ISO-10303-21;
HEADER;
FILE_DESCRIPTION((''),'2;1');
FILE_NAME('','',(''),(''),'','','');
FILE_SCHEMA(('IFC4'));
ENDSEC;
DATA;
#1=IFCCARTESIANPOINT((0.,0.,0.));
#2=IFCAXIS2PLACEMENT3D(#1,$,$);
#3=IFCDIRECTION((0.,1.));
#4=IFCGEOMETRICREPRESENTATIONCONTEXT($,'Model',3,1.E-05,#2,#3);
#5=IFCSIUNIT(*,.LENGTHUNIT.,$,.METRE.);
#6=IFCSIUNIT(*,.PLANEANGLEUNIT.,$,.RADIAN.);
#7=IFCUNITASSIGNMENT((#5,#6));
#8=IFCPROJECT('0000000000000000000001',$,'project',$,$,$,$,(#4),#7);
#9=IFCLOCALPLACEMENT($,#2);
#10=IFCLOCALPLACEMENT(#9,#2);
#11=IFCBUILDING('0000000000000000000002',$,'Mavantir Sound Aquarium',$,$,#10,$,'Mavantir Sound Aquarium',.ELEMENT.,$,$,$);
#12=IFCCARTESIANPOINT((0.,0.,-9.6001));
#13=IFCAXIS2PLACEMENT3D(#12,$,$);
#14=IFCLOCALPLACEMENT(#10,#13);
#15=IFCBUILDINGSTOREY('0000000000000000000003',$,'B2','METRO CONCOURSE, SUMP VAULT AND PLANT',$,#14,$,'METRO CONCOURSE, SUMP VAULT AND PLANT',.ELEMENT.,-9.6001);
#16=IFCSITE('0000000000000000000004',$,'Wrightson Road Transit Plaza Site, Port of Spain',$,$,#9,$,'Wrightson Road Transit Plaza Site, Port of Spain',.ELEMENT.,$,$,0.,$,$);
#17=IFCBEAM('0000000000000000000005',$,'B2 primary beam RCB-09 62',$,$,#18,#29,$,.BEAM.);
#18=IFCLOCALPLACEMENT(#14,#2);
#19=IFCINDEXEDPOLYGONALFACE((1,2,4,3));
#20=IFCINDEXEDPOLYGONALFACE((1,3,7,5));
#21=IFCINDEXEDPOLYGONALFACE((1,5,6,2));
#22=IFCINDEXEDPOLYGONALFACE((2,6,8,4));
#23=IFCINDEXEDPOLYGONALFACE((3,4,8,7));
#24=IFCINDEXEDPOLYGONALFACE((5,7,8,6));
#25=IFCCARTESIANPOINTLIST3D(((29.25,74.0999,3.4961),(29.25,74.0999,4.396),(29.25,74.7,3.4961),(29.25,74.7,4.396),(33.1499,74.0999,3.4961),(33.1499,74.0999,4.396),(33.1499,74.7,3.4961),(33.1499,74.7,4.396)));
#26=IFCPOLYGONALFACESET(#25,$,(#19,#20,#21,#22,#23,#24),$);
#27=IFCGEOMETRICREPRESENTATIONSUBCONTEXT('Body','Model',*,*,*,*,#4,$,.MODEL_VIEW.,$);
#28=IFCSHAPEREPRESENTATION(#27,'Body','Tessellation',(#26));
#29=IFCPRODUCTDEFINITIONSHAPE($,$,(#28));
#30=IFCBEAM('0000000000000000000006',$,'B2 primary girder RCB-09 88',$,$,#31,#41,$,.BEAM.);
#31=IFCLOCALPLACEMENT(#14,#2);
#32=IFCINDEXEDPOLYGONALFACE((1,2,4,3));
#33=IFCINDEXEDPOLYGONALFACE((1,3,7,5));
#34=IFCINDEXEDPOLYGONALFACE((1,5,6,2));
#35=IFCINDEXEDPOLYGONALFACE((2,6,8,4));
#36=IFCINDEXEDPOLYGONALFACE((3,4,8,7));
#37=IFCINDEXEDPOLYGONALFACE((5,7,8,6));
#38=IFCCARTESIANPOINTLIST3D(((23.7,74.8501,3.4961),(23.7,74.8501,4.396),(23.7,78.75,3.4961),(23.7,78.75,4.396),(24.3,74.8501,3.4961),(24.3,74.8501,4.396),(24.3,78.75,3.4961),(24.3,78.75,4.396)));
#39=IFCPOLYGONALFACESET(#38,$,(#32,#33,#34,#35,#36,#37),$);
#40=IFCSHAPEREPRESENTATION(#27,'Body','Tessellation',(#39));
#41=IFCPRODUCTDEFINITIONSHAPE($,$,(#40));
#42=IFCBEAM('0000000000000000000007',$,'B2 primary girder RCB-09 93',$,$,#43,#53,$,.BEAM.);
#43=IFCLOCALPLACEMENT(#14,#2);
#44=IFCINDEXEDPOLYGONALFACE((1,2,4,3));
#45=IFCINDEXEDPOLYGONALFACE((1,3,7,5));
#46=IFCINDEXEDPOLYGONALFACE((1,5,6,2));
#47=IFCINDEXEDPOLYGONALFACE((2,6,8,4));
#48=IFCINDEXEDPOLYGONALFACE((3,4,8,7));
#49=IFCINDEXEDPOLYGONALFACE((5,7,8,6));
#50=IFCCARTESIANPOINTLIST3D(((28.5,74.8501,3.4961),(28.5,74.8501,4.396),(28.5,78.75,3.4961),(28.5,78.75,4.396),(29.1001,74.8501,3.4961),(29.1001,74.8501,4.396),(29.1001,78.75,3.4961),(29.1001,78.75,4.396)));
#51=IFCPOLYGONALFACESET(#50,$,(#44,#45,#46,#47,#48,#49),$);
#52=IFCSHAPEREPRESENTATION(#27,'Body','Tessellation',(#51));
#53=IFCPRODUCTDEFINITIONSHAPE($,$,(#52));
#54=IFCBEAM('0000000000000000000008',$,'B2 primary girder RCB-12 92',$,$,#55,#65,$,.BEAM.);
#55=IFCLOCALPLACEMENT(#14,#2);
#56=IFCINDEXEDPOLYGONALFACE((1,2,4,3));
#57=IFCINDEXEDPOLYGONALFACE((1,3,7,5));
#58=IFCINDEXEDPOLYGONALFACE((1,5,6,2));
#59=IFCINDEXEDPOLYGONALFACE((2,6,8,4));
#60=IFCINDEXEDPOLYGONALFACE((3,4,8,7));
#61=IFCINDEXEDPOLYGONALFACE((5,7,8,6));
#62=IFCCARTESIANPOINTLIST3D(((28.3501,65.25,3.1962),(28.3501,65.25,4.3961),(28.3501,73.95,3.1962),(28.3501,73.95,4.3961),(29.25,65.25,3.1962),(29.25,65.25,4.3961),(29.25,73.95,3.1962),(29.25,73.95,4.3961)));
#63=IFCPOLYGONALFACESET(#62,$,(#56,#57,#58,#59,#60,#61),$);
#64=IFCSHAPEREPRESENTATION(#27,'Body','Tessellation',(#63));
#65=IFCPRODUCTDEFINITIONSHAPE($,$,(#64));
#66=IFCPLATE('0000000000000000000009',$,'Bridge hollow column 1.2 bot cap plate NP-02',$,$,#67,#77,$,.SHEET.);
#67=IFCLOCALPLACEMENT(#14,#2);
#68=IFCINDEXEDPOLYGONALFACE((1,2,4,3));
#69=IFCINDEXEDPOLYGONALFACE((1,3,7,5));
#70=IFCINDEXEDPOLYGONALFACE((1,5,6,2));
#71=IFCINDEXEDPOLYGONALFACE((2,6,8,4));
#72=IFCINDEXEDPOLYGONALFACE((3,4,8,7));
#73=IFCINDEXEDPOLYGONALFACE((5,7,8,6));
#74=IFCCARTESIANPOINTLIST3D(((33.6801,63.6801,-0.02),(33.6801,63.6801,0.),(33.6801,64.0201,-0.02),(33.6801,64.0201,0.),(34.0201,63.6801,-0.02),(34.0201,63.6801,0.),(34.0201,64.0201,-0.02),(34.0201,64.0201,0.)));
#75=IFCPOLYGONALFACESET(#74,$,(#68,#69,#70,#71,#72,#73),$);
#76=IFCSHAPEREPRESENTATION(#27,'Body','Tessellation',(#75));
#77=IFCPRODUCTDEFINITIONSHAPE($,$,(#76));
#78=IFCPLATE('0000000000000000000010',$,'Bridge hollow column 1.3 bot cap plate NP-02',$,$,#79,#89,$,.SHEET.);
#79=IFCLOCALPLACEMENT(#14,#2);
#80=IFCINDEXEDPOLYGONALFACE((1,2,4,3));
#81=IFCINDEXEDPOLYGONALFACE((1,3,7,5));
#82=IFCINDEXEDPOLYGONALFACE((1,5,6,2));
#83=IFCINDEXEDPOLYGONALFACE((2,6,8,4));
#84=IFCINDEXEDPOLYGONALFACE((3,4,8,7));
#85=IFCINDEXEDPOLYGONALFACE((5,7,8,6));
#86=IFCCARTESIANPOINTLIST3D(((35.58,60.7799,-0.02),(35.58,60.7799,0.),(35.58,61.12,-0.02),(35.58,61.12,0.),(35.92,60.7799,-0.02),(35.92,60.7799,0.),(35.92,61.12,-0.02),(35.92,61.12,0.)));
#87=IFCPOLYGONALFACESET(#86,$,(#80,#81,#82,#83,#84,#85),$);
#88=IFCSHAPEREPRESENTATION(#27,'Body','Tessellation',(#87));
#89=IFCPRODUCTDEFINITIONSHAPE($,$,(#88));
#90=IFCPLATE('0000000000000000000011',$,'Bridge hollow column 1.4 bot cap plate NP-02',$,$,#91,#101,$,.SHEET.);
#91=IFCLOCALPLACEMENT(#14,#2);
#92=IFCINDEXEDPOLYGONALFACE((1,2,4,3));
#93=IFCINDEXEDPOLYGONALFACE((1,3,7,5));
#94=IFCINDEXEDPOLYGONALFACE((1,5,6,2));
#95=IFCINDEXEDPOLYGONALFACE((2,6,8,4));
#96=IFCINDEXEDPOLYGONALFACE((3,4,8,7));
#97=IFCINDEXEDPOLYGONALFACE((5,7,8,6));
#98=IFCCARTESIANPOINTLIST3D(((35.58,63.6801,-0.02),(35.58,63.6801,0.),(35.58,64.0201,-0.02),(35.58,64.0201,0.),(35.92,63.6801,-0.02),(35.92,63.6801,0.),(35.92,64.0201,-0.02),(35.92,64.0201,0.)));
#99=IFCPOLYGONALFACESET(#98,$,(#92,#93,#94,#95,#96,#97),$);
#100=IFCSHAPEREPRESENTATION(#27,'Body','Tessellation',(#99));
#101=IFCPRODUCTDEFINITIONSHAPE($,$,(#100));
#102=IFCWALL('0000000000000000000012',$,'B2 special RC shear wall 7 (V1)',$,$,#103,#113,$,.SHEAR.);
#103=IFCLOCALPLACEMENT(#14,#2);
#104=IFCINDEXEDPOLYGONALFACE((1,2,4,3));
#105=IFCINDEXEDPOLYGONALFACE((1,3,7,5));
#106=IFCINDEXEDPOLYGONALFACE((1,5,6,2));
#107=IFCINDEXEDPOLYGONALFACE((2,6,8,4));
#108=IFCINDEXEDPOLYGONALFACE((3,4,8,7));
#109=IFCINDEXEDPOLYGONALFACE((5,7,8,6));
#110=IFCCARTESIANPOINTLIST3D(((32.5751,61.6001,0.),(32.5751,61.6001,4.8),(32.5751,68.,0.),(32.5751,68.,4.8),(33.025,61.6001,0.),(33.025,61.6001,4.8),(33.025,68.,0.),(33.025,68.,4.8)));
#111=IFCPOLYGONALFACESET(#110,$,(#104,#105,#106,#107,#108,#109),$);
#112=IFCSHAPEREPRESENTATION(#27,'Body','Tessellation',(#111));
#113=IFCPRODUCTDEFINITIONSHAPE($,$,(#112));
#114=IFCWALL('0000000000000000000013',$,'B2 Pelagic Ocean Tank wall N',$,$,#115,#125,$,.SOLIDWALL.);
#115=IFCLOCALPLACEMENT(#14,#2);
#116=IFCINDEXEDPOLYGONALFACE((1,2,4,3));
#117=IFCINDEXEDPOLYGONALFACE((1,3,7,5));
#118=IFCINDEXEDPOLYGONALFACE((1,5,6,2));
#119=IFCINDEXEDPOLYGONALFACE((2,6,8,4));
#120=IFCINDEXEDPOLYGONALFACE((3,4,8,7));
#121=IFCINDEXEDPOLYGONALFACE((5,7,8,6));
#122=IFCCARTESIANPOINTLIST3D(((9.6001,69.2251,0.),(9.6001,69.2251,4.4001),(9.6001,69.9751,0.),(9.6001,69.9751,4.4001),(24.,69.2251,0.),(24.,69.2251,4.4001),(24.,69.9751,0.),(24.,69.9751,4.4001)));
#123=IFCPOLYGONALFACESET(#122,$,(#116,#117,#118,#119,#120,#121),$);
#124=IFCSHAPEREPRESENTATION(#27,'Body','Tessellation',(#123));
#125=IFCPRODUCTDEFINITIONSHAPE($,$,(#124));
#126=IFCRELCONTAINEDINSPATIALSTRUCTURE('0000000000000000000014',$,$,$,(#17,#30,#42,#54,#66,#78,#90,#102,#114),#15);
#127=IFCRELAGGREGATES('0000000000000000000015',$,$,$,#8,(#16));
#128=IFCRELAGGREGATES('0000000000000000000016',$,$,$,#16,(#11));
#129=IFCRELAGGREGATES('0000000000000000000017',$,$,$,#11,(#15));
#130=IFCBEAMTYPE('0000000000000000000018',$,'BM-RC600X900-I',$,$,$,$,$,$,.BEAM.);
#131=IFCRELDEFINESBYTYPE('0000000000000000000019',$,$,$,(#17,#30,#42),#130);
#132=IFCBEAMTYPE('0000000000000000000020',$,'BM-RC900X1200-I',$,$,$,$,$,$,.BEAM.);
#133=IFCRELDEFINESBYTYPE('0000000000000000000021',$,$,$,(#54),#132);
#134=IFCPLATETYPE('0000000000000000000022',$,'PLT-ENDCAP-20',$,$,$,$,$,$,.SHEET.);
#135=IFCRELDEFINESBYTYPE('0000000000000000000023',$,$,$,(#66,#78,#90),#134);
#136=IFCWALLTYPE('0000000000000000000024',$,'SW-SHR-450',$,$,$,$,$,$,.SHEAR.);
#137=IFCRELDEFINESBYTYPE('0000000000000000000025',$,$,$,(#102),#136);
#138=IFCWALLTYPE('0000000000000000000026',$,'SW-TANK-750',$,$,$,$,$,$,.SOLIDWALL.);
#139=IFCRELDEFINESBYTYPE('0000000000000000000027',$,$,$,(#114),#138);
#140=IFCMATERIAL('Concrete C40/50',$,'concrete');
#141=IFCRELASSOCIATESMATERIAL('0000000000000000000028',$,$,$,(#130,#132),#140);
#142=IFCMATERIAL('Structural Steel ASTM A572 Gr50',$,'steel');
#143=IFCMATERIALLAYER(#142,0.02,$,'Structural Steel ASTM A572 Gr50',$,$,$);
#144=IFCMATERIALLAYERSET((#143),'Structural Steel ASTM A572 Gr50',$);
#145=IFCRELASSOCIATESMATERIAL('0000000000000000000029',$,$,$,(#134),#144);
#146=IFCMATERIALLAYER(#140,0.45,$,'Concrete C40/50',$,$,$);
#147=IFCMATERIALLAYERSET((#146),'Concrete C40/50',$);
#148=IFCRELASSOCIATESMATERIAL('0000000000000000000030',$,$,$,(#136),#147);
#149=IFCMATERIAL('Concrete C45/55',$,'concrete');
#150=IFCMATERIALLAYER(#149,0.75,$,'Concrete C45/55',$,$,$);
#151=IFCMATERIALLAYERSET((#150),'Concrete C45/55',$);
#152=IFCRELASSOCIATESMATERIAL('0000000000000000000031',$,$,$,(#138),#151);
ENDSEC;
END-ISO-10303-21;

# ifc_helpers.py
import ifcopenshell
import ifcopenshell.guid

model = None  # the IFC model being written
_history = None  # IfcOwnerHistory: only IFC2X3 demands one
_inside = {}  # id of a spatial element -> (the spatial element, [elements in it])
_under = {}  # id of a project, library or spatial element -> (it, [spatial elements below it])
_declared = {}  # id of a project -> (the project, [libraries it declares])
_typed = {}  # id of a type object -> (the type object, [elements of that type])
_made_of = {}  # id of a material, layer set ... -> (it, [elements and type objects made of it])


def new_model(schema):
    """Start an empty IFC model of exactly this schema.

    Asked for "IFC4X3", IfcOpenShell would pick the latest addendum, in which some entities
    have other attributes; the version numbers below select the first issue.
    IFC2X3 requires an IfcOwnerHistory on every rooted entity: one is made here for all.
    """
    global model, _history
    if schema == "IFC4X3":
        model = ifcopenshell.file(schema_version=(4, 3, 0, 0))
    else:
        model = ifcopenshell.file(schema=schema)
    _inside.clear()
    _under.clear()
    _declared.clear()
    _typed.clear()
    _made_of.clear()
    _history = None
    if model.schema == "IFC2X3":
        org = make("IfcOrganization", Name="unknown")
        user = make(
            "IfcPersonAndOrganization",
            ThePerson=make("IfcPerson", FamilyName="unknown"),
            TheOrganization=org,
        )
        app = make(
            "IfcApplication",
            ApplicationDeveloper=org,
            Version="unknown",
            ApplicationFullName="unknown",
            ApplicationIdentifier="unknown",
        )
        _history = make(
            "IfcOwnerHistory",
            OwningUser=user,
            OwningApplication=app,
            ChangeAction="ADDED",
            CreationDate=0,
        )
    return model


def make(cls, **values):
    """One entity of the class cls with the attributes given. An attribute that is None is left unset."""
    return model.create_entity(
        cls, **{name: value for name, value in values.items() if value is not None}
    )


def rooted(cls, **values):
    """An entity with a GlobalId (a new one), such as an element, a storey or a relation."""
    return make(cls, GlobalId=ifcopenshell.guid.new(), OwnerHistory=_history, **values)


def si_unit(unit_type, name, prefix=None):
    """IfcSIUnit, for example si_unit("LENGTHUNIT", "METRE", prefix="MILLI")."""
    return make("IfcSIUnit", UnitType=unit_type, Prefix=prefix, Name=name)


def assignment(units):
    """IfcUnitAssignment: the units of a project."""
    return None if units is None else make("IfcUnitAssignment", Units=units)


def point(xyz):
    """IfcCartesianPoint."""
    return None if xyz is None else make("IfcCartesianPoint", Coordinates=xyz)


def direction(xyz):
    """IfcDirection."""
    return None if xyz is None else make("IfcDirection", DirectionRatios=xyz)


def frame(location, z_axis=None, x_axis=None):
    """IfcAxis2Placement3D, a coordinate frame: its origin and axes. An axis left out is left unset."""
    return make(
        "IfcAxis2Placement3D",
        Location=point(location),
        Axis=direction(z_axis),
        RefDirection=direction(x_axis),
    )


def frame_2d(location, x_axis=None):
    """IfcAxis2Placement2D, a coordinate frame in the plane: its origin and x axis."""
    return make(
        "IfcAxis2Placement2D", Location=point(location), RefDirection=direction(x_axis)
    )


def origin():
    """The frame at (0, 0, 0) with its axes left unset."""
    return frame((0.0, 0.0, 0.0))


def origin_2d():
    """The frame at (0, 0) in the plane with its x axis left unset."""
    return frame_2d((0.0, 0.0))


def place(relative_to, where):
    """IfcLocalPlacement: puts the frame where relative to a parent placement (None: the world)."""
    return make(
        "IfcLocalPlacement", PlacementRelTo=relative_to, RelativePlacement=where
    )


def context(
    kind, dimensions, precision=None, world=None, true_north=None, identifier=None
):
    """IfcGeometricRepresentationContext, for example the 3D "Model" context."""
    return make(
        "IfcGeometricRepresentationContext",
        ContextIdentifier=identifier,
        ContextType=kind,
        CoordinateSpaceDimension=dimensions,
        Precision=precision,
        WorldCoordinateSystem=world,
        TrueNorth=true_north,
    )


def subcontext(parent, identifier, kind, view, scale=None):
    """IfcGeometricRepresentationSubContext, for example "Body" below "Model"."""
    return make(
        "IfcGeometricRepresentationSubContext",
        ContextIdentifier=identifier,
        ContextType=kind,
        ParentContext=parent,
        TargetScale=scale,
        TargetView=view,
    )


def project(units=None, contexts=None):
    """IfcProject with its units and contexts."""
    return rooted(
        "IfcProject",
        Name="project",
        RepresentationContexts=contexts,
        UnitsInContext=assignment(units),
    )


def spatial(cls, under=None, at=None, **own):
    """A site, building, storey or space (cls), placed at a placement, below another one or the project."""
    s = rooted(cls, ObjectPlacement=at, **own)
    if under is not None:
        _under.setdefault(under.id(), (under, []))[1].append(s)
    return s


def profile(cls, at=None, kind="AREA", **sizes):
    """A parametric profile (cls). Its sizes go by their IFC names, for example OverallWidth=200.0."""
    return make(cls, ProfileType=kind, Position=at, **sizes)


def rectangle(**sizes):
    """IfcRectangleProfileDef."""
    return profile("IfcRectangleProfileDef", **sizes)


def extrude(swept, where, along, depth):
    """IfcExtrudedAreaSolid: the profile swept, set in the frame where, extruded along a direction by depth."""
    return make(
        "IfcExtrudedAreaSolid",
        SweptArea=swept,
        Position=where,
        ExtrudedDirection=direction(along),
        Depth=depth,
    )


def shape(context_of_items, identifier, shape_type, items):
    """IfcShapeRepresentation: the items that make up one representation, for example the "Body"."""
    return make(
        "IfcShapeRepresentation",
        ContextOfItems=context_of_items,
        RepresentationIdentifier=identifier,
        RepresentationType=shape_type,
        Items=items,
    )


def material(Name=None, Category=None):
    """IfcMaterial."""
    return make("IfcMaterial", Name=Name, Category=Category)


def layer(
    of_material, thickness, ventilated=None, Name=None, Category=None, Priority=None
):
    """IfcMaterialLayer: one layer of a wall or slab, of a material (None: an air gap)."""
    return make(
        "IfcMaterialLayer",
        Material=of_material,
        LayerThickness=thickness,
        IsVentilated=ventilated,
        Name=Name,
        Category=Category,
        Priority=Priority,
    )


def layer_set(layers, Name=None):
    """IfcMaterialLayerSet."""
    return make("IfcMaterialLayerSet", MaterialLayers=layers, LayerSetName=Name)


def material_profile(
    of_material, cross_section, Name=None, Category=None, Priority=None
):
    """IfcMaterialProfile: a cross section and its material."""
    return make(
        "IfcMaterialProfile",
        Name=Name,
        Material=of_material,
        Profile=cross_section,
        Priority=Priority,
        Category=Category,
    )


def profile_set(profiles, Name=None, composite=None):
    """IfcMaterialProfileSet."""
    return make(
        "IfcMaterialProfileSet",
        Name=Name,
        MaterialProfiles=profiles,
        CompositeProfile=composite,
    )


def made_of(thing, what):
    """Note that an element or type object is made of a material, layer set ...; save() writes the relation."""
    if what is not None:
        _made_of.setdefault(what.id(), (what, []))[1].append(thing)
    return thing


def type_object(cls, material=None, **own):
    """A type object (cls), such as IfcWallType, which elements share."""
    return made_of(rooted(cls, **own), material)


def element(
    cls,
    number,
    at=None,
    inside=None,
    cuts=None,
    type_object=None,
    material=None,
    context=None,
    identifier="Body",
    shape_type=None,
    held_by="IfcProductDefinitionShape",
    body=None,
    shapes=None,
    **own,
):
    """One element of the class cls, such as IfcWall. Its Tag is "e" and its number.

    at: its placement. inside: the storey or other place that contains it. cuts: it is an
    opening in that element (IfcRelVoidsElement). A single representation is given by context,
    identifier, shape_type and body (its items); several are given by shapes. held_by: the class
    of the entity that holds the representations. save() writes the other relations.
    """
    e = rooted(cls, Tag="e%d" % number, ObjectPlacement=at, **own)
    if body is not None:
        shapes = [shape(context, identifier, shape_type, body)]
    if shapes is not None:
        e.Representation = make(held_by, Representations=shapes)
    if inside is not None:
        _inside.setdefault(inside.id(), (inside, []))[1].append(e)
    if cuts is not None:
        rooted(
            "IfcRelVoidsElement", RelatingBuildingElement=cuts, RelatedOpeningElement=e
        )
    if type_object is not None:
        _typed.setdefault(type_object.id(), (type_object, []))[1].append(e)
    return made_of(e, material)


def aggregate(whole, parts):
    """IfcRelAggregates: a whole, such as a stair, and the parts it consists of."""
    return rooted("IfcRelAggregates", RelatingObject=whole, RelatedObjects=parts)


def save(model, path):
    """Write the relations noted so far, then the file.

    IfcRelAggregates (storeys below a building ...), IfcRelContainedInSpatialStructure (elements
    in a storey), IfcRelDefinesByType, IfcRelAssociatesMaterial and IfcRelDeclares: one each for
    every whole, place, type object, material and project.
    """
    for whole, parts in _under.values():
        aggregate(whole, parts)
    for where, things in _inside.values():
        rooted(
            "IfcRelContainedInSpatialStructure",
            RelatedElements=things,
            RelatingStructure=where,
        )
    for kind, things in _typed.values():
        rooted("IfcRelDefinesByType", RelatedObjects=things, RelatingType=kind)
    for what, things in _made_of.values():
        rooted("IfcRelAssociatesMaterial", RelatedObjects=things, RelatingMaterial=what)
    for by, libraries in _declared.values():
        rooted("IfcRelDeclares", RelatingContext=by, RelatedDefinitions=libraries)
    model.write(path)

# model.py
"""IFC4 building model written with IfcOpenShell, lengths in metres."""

from ifc_helpers import new_model, si_unit, direction, frame, frame_2d, origin, origin_2d, place, context, subcontext, project, spatial, rectangle, extrude, material, layer, layer_set, material_profile, profile_set, type_object, element, save


model = new_model("IFC4")

# Units and contexts
model_context = context("Model", 3, precision=1e-05, world=origin(), true_north=direction((0.0, 1.0)))
body_context = subcontext(model_context, "Body", "Model", "MODEL_VIEW")
ifc_project = project(units=[si_unit("LENGTHUNIT", "METRE"), si_unit("PLANEANGLEUNIT", "RADIAN")], contexts=[model_context])

# Site, building, storey
site_placement = place(None, origin())
site = spatial("IfcSite", under=ifc_project, at=site_placement, Name="Wrightson Road Transit Plaza Site, Port of Spain", LongName="Wrightson Road Transit Plaza Site, Port of Spain", CompositionType="ELEMENT", RefElevation=0.0)
building_placement = place(site_placement, origin())
building = spatial("IfcBuilding", under=site, at=building_placement, Name="Mavantir Sound Aquarium", LongName="Mavantir Sound Aquarium", CompositionType="ELEMENT")
storey_placement = place(building_placement, frame((0.0, 0.0, -9.6001)))
storey = spatial("IfcBuildingStorey", under=building, at=storey_placement, Name="B2", Description="METRO CONCOURSE, SUMP VAULT AND PLANT", LongName="METRO CONCOURSE, SUMP VAULT AND PLANT", CompositionType="ELEMENT", Elevation=-9.6001)

# Shared definitions
ifc_material_1 = material(Name="Concrete C40/50", Category="concrete")

# Beams
ifc_material_profile_1 = material_profile(ifc_material_1, rectangle(XDim=0.6001, YDim=0.8999, at=origin_2d()), Name="RC 600X900")
ifc_profile_set_1 = profile_set([ifc_material_profile_1], Name="Concrete C40/50")
beam_type_1 = type_object("IfcBeamType", Name="BM-RC600X900-I", PredefinedType="BEAM", material=ifc_profile_set_1)
for number, where, z_axis, x_axis, name in (
    (1, (29.25, 74.3999, 3.946), (1.0, 0.0, 0.0), (0.0, 1.0, 0.0), "B2 primary beam RCB-09 62"),
    (2, (24.0, 74.8501, 3.946), (0.0, 1.0, 0.0), (-1.0, 0.0, 0.0), "B2 primary girder RCB-09 88"),
    (3, (28.8, 74.8501, 3.946), (0.0, 1.0, 0.0), (-1.0, 0.0, 0.0), "B2 primary girder RCB-09 93"),
):
    element("IfcBeam", number, at=place(storey_placement, frame(where, z_axis=z_axis, x_axis=x_axis)), inside=storey, type_object=beam_type_1, Name=name, PredefinedType="BEAM", context=body_context, shape_type="SweptSolid", body=[
        extrude(rectangle(XDim=0.6001, YDim=0.8999, at=origin_2d()), origin(), (0.0, 0.0, 1.0), 3.8999),
    ])
ifc_material_profile_2 = material_profile(ifc_material_1, rectangle(XDim=0.8999, YDim=1.2, at=origin_2d()), Name="RC 900X1200")
ifc_profile_set_2 = profile_set([ifc_material_profile_2], Name="Concrete C40/50")
beam_type_2 = type_object("IfcBeamType", Name="BM-RC900X1200-I", PredefinedType="BEAM", material=ifc_profile_set_2)
beam_1_placement = place(storey_placement, frame((28.8, 65.25, 3.7961), z_axis=(0.0, 1.0, 0.0), x_axis=(-1.0, 0.0, 0.0)))
element("IfcBeam", 4, at=beam_1_placement, inside=storey, type_object=beam_type_2, Name="B2 primary girder RCB-12 92", PredefinedType="BEAM", context=body_context, shape_type="SweptSolid", body=[
    extrude(rectangle(XDim=0.8999, YDim=1.2, at=origin_2d()), origin(), (0.0, 0.0, 1.0), 8.7),
])

# Plates
ifc_material_2 = material(Name="Structural Steel ASTM A572 Gr50", Category="steel")
ifc_layer_1 = layer(ifc_material_2, 0.02, Name="Structural Steel ASTM A572 Gr50")
ifc_layer_set_1 = layer_set([ifc_layer_1], Name="Structural Steel ASTM A572 Gr50")
plate_type = type_object("IfcPlateType", Name="PLT-ENDCAP-20", PredefinedType="SHEET", material=ifc_layer_set_1)
for number, where, z_axis, x_axis, name in (
    (5, (33.8501, 63.8501, -0.02), (0.0, 0.0, 1.0), (1.0, 0.0, 0.0), "Bridge hollow column 1.2 bot cap plate NP-02"),
    (6, (35.75, 60.95, -0.02), (0.0, 0.0, 1.0), (1.0, 0.0, 0.0), "Bridge hollow column 1.3 bot cap plate NP-02"),
    (7, (35.75, 63.8501, -0.02), (0.0, 0.0, 1.0), (1.0, 0.0, 0.0), "Bridge hollow column 1.4 bot cap plate NP-02"),
):
    element("IfcPlate", number, at=place(storey_placement, frame(where, z_axis=z_axis, x_axis=x_axis)), inside=storey, type_object=plate_type, Name=name, PredefinedType="SHEET", context=body_context, shape_type="SweptSolid", body=[
        extrude(rectangle(XDim=0.3401, YDim=0.3401, at=origin_2d()), origin(), (0.0, 0.0, 1.0), 0.02),
    ])

# Walls
ifc_layer_2 = layer(ifc_material_1, 0.45, Name="Concrete C40/50")
ifc_layer_set_2 = layer_set([ifc_layer_2], Name="Concrete C40/50")
wall_type_1 = type_object("IfcWallType", Name="SW-SHR-450", PredefinedType="SHEAR", material=ifc_layer_set_2)
wall_1_placement = place(storey_placement, frame((32.8, 61.6001, 0.0), z_axis=(0.0, 0.0, 1.0), x_axis=(0.0, 1.0, 0.0)))
element("IfcWall", 8, at=wall_1_placement, inside=storey, type_object=wall_type_1, Name="B2 special RC shear wall 7 (V1)", PredefinedType="SHEAR", context=body_context, shape_type="SweptSolid", body=[
    extrude(rectangle(XDim=6.3999, YDim=0.45, at=frame_2d((3.2, 0.0))), origin(), (0.0, 0.0, 1.0), 4.8),
])
ifc_material_3 = material(Name="Concrete C45/55", Category="concrete")
ifc_layer_3 = layer(ifc_material_3, 0.75, Name="Concrete C45/55")
ifc_layer_set_3 = layer_set([ifc_layer_3], Name="Concrete C45/55")
wall_type_2 = type_object("IfcWallType", Name="SW-TANK-750", PredefinedType="SOLIDWALL", material=ifc_layer_set_3)
wall_2_placement = place(storey_placement, frame((24.0, 69.6001, 0.0), z_axis=(0.0, 0.0, 1.0), x_axis=(-1.0, 0.0, 0.0)))
element("IfcWall", 9, at=wall_2_placement, inside=storey, type_object=wall_type_2, Name="B2 Pelagic Ocean Tank wall N", PredefinedType="SOLIDWALL", context=body_context, shape_type="SweptSolid", body=[
    extrude(rectangle(XDim=14.3999, YDim=0.75, at=frame_2d((7.2, 0.0))), origin(), (0.0, 0.0, 1.0), 4.4001),
])

save(model, "model.ifc")
